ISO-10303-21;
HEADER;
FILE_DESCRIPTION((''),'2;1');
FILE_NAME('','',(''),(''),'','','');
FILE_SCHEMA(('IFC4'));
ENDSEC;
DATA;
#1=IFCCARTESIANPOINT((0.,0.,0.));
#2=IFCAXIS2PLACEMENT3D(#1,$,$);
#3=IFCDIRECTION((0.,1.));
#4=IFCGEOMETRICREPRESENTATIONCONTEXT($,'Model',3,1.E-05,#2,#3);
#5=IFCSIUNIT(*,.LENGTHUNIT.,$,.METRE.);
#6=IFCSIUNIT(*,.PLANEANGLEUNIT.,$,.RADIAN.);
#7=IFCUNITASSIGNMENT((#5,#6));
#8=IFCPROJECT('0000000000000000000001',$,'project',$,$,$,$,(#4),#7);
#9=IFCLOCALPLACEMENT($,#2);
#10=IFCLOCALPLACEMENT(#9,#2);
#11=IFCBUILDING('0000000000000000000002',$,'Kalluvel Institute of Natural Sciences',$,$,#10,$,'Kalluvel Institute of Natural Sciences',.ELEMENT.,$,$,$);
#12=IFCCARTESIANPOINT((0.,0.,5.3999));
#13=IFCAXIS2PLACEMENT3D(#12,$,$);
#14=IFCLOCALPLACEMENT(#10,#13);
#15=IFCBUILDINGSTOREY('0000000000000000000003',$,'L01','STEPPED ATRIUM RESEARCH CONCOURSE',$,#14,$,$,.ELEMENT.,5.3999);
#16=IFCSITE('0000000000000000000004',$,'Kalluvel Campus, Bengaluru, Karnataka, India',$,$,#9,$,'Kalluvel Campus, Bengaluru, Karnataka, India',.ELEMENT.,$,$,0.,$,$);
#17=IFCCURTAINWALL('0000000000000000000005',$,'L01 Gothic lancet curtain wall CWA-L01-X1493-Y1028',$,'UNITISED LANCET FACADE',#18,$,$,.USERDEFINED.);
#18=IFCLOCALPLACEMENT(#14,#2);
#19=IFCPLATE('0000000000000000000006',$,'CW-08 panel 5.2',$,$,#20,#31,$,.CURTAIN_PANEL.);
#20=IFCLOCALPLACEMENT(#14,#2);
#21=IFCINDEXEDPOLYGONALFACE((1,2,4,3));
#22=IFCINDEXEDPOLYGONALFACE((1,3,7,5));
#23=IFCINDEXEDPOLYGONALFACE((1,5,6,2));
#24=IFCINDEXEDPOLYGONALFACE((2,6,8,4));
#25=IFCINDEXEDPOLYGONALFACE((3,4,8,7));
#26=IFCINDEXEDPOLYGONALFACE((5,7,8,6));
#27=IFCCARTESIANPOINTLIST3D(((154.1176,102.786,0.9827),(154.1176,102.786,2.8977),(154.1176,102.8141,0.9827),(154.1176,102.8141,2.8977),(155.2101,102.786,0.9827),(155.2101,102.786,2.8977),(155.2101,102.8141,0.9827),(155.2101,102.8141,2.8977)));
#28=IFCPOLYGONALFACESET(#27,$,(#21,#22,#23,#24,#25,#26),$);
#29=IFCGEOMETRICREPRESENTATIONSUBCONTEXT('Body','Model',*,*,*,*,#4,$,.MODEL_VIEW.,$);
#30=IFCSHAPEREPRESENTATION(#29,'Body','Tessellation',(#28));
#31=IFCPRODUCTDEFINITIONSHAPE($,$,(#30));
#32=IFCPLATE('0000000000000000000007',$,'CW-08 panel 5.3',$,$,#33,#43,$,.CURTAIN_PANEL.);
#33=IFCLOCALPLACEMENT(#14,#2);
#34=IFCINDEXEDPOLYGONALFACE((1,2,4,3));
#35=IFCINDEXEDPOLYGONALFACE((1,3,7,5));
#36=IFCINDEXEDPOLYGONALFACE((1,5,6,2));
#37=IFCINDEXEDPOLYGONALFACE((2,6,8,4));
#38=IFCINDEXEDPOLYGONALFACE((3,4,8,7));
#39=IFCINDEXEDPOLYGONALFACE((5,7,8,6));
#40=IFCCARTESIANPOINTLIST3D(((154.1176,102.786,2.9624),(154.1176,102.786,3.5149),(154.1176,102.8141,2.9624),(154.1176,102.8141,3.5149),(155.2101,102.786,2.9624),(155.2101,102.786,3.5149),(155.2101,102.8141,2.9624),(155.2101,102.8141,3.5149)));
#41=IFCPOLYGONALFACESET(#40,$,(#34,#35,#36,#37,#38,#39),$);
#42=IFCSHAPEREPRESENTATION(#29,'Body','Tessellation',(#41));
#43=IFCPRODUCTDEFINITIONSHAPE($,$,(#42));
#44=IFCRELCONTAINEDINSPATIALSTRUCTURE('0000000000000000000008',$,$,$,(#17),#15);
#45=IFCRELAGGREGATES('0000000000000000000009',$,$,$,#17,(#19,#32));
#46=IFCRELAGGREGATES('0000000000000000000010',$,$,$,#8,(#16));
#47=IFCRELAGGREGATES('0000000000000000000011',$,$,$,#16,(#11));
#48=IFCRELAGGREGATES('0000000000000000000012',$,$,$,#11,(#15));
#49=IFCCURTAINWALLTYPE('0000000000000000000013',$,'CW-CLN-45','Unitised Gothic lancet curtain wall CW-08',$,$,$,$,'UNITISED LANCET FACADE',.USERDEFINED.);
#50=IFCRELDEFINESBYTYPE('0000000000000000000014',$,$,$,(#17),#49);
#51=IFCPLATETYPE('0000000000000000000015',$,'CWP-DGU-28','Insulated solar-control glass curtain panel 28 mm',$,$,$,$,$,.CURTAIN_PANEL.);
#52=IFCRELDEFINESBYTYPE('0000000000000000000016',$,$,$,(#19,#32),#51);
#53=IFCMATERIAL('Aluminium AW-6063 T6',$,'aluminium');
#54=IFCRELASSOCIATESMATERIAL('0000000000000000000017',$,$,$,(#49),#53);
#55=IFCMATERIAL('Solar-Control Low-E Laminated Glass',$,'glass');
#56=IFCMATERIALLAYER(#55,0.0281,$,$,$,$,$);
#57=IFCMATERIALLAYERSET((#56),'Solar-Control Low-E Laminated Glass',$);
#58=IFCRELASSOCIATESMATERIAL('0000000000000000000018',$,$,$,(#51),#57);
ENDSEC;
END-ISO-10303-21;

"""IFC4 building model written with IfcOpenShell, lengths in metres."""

from ifc_helpers import new_model, si_unit, direction, frame, origin, origin_2d, place, context, subcontext, project, spatial, rectangle, extrude, material, layer, layer_set, type_object, element, aggregate, save


model = new_model("IFC4")

# Units and contexts
model_context = context("Model", 3, precision=1e-05, world=origin(), true_north=direction((0.0, 1.0)))
body_context = subcontext(model_context, "Body", "Model", "MODEL_VIEW")
ifc_project = project(units=[si_unit("LENGTHUNIT", "METRE"), si_unit("PLANEANGLEUNIT", "RADIAN")], contexts=[model_context])

# Site, building, storey
site_placement = place(None, origin())
site = spatial("IfcSite", under=ifc_project, at=site_placement, Name="Kalluvel Campus, Bengaluru, Karnataka, India", LongName="Kalluvel Campus, Bengaluru, Karnataka, India", CompositionType="ELEMENT", RefElevation=0.0)
building_placement = place(site_placement, origin())
building = spatial("IfcBuilding", under=site, at=building_placement, Name="Kalluvel Institute of Natural Sciences", LongName="Kalluvel Institute of Natural Sciences", CompositionType="ELEMENT")
storey_placement = place(building_placement, frame((0.0, 0.0, 5.3999)))
storey = spatial("IfcBuildingStorey", under=building, at=storey_placement, Name="L01", Description="STEPPED ATRIUM RESEARCH CONCOURSE", CompositionType="ELEMENT", Elevation=5.3999)

# Curtain wall
ifc_material_1 = material(Name="Aluminium AW-6063 T6", Category="aluminium")
curtain_wall_type = type_object("IfcCurtainWallType", Name="CW-CLN-45", Description="Unitised Gothic lancet curtain wall CW-08", ElementType="UNITISED LANCET FACADE", PredefinedType="USERDEFINED", material=ifc_material_1)
curtain_wall_1_placement = place(storey_placement, origin())
curtain_wall_1 = element("IfcCurtainWall", 1, at=curtain_wall_1_placement, inside=storey, type_object=curtain_wall_type, Name="L01 Gothic lancet curtain wall CWA-L01-X1493-Y1028", ObjectType="UNITISED LANCET FACADE", PredefinedType="USERDEFINED")

# Plates
ifc_material_2 = material(Name="Solar-Control Low-E Laminated Glass", Category="glass")
ifc_layer = layer(ifc_material_2, 0.0281)
ifc_layer_set = layer_set([ifc_layer], Name="Solar-Control Low-E Laminated Glass")
plate_type = type_object("IfcPlateType", Name="CWP-DGU-28", Description="Insulated solar-control glass curtain panel 28 mm", PredefinedType="CURTAIN_PANEL", material=ifc_layer_set)
plate_1_placement = place(storey_placement, frame((154.6638, 102.8, 0.9827), z_axis=(0.0, 0.0, 1.0), x_axis=(1.0, 0.0, 0.0)))
plate_1 = element("IfcPlate", 2, at=plate_1_placement, type_object=plate_type, Name="CW-08 panel 5.2", PredefinedType="CURTAIN_PANEL", context=body_context, shape_type="SweptSolid", body=[
    extrude(rectangle(XDim=1.0925, YDim=0.0281, at=origin_2d()), origin(), (0.0, 0.0, 1.0), 1.915),
])
plate_2_placement = place(storey_placement, frame((154.6638, 102.8, 2.9624), z_axis=(0.0, 0.0, 1.0), x_axis=(1.0, 0.0, 0.0)))
plate_2 = element("IfcPlate", 3, at=plate_2_placement, type_object=plate_type, Name="CW-08 panel 5.3", PredefinedType="CURTAIN_PANEL", context=body_context, shape_type="SweptSolid", body=[
    extrude(rectangle(XDim=1.0925, YDim=0.0281, at=origin_2d()), origin(), (0.0, 0.0, 1.0), 0.5525),
])
aggregate(curtain_wall_1, [plate_1, plate_2])

save(model, "model.ifc")
